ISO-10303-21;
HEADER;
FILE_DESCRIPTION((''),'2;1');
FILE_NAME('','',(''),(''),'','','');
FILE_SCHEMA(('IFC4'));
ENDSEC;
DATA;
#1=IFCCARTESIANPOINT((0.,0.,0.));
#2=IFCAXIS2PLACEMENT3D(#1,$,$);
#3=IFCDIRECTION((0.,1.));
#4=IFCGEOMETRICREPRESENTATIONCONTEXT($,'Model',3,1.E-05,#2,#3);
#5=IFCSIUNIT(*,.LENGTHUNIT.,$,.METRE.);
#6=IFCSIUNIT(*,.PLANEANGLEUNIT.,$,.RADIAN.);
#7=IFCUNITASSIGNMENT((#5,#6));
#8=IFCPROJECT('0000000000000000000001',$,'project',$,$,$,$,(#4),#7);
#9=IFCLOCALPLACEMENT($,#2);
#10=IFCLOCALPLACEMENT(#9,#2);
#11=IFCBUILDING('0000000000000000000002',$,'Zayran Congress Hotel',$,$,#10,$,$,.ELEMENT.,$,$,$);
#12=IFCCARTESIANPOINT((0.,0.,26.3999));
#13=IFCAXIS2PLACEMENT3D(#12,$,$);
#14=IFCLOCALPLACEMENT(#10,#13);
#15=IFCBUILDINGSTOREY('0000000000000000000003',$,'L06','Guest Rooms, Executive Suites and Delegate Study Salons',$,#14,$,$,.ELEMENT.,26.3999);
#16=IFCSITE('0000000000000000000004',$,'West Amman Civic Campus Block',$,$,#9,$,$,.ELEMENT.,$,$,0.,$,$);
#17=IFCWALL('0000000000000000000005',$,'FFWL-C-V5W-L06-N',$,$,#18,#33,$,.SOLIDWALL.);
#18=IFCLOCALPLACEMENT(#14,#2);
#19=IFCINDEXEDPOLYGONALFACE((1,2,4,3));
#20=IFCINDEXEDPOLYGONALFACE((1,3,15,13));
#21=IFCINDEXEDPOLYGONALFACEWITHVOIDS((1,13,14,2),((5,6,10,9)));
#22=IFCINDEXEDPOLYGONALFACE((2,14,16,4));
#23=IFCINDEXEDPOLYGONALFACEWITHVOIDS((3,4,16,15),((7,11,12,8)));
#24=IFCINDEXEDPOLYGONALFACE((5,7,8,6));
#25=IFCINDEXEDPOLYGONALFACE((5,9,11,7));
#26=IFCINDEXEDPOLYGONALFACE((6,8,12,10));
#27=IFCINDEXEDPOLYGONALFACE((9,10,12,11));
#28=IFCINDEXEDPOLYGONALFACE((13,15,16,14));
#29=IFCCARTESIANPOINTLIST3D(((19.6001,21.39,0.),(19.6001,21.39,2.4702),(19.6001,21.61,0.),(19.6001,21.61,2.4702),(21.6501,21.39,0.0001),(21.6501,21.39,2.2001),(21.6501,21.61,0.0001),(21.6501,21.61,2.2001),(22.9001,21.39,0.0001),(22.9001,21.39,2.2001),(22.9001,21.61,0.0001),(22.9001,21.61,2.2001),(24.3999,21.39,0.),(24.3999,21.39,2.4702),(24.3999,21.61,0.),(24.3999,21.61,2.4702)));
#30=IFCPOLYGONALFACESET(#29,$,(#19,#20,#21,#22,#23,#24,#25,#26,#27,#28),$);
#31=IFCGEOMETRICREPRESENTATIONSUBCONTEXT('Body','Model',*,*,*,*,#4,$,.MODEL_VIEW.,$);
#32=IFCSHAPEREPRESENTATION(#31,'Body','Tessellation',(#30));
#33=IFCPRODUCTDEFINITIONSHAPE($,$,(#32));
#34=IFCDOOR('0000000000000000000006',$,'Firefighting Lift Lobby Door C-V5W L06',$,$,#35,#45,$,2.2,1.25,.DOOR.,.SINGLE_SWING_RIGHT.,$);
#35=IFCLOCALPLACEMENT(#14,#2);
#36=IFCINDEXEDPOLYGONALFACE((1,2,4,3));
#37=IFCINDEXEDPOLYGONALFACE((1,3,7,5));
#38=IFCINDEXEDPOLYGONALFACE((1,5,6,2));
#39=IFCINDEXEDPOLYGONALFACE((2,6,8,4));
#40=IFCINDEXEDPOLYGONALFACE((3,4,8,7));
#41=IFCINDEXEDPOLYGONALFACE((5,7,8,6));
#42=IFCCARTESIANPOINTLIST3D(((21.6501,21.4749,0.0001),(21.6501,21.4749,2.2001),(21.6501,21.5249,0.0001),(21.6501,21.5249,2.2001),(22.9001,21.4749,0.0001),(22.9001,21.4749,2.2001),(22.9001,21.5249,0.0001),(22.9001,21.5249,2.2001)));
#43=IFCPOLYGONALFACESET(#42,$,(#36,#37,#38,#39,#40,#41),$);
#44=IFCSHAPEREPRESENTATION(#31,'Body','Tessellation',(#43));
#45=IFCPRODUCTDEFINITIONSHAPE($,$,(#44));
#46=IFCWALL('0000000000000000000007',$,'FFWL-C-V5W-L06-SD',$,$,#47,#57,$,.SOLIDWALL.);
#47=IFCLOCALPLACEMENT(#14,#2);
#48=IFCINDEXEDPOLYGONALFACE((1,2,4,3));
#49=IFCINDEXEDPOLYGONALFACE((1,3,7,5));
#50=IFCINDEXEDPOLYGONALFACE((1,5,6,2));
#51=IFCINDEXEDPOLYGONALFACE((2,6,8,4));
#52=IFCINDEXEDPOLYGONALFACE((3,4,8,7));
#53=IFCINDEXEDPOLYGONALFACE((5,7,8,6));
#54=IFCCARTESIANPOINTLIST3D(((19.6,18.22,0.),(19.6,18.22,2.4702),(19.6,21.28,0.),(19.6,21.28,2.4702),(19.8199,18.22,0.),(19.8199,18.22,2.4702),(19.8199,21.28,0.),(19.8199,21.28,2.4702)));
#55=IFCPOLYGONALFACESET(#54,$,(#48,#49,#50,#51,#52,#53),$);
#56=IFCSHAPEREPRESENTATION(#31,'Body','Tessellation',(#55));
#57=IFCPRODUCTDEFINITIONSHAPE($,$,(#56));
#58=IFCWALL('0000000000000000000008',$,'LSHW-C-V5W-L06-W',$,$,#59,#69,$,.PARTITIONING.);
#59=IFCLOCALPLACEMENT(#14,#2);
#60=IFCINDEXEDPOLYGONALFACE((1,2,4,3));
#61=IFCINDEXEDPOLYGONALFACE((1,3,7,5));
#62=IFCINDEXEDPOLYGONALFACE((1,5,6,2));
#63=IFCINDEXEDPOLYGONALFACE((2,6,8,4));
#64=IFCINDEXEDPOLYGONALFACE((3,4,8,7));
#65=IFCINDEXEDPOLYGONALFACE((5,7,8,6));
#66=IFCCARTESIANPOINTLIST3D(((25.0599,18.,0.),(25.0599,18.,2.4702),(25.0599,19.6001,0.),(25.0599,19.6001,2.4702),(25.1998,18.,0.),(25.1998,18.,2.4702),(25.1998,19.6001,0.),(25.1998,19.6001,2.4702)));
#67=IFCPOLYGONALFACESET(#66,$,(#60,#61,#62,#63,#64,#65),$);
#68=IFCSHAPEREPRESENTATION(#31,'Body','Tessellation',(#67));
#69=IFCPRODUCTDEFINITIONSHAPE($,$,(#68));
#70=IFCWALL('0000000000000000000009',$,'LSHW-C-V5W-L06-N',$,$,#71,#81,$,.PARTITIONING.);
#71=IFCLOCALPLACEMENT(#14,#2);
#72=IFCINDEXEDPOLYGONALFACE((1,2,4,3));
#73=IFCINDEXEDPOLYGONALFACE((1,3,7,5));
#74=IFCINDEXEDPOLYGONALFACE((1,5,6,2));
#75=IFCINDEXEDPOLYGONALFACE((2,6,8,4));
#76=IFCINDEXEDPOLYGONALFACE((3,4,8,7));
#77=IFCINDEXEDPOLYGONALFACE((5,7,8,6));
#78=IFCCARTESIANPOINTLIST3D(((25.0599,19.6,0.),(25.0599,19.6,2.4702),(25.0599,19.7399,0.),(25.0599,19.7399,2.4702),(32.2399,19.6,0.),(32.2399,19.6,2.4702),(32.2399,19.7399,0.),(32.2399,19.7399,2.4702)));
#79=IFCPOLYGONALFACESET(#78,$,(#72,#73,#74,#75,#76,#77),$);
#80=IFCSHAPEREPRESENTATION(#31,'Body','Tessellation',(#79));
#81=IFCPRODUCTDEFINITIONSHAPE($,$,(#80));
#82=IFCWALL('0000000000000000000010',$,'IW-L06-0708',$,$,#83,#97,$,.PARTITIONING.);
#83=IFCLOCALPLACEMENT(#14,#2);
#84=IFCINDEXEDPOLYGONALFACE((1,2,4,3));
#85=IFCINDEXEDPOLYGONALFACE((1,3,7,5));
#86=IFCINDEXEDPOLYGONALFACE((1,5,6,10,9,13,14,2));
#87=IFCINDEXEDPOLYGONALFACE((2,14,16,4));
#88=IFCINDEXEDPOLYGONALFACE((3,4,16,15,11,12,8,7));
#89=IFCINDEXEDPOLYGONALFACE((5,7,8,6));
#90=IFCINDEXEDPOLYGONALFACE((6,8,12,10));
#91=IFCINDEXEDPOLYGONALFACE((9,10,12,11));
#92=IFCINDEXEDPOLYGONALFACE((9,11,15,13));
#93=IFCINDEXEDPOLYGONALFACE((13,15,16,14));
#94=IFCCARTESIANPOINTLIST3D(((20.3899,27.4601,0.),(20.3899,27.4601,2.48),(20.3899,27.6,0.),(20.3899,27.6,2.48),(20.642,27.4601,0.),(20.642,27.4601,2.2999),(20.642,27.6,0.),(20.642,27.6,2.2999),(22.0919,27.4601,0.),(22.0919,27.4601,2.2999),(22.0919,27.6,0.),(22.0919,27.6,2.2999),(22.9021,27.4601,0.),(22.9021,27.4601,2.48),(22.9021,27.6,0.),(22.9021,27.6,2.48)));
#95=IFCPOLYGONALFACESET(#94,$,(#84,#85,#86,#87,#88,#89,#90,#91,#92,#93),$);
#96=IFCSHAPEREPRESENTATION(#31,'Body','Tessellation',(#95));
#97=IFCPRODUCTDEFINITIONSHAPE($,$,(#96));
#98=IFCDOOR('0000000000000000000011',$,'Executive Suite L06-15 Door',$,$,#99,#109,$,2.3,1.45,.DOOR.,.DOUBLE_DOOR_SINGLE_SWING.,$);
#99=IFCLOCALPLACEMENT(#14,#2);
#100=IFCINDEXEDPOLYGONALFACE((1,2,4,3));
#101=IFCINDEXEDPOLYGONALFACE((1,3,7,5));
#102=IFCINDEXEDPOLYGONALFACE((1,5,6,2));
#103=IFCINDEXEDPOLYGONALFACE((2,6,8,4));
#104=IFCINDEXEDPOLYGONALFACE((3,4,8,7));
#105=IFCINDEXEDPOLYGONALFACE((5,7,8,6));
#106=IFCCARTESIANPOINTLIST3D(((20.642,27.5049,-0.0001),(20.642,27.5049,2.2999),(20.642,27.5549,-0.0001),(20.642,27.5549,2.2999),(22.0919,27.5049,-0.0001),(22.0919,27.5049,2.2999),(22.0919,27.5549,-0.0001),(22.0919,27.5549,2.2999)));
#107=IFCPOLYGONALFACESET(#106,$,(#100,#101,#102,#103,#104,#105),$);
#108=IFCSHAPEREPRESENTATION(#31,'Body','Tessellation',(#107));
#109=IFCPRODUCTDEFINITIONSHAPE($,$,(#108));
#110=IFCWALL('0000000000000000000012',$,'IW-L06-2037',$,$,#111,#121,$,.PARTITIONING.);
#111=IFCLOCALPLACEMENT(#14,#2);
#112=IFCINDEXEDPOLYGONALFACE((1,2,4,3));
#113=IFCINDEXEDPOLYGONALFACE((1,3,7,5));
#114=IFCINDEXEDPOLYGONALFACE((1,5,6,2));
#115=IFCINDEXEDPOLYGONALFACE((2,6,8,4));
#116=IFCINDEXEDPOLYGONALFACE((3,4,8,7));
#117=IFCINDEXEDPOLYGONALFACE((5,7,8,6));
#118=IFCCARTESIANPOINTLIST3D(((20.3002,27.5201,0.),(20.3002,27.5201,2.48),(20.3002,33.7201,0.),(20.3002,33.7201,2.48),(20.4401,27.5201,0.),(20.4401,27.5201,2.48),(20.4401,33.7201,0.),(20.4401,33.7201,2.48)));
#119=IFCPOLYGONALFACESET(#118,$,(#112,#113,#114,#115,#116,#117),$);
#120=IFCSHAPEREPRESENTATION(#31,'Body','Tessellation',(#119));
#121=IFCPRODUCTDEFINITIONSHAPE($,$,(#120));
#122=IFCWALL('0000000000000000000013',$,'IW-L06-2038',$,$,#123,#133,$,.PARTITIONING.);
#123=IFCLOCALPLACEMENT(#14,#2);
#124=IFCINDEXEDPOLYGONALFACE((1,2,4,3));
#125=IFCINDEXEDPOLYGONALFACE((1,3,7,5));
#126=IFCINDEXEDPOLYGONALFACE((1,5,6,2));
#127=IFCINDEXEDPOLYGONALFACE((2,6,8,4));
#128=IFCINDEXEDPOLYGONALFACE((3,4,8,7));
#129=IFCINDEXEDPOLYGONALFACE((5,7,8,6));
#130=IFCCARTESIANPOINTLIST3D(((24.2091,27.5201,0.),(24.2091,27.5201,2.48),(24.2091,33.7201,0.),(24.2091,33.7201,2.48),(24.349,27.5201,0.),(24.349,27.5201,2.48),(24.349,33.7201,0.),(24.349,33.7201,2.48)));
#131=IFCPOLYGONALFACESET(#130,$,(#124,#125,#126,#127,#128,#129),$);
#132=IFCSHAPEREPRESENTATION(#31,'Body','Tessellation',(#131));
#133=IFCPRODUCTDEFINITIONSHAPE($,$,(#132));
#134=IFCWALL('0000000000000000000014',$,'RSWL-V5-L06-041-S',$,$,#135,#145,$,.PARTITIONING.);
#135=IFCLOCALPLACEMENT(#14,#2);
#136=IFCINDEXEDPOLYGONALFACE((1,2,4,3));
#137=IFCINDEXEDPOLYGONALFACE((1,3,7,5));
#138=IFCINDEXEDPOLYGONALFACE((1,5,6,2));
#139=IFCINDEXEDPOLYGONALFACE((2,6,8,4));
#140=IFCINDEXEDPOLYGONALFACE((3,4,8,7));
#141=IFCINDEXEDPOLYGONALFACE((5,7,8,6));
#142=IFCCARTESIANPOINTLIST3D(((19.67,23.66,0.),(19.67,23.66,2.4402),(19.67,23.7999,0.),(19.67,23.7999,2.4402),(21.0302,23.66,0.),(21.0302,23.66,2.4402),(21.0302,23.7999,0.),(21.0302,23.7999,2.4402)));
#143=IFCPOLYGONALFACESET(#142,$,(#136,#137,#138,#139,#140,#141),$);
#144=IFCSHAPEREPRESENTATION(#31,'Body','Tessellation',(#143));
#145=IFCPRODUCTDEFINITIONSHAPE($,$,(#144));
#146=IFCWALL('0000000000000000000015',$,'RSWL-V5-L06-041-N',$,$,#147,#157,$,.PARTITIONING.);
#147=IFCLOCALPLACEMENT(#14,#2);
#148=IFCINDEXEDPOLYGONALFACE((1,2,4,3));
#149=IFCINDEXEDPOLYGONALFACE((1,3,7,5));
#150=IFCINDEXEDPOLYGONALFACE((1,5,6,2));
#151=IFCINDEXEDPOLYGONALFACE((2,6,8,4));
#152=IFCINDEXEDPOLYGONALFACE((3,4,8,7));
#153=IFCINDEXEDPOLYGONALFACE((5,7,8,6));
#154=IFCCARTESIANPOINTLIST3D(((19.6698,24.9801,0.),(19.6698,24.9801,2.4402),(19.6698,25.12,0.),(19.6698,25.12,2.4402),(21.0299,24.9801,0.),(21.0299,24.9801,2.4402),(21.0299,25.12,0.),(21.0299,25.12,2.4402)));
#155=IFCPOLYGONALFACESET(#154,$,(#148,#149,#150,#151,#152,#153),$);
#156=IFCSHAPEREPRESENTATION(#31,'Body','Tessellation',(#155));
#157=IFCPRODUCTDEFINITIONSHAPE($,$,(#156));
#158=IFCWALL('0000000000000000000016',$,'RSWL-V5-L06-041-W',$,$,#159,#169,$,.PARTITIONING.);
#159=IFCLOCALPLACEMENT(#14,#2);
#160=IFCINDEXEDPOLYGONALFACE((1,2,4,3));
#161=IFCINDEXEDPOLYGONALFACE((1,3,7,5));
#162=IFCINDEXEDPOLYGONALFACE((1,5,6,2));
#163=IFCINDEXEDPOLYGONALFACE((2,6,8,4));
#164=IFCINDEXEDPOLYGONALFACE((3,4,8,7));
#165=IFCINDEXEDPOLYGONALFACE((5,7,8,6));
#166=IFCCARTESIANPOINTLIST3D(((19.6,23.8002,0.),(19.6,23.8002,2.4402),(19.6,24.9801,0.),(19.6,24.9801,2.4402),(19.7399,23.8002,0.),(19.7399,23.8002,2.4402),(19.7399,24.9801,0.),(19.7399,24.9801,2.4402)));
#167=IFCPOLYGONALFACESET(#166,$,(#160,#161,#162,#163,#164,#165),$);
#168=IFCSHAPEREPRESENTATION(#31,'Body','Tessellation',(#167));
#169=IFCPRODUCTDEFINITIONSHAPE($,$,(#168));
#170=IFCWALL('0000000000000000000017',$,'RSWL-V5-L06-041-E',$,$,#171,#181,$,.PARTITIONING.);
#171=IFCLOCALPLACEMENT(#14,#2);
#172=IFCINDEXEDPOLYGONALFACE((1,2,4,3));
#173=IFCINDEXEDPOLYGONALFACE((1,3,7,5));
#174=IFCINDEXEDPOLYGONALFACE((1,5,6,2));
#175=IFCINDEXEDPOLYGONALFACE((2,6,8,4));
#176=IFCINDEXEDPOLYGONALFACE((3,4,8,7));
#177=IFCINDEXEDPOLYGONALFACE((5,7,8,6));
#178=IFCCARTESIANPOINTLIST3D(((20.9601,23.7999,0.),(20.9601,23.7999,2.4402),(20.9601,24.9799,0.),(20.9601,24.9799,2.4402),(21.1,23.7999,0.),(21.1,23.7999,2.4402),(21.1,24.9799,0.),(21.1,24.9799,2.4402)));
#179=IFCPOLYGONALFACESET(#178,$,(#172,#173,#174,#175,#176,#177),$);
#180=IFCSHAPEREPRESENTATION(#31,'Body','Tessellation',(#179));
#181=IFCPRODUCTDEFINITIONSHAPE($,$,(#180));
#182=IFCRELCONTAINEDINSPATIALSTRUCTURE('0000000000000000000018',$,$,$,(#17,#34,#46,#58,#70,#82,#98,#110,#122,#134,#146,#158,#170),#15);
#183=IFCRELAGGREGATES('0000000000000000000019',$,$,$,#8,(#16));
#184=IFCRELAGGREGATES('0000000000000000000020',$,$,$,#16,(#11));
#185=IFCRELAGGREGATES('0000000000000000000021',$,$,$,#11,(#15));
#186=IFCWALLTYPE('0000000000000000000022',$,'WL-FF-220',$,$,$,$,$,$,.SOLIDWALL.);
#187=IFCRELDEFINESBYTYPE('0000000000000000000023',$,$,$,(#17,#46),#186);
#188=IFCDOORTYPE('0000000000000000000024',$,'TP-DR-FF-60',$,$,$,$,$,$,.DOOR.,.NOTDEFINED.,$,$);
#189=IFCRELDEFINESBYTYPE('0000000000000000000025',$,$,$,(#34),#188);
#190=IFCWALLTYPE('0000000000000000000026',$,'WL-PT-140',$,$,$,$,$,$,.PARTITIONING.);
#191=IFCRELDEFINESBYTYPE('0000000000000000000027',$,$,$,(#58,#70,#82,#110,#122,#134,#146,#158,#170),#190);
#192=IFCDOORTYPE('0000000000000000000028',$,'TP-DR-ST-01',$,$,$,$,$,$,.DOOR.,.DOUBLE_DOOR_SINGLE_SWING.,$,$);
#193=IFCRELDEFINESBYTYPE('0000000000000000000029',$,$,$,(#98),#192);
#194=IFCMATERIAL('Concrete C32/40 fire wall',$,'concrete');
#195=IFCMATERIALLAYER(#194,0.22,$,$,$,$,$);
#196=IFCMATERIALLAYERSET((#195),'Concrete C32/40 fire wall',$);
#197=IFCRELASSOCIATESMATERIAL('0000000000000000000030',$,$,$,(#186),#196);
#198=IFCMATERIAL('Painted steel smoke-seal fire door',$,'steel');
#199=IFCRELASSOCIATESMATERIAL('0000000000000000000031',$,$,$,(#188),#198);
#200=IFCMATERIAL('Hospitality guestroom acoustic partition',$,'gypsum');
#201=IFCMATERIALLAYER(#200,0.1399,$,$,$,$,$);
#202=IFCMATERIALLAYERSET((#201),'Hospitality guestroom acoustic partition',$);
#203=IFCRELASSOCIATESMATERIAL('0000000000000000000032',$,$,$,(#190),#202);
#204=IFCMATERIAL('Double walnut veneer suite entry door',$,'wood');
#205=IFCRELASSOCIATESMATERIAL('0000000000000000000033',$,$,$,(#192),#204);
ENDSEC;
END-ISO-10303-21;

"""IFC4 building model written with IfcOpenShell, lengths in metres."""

from ifc_helpers import new_model, si_unit, direction, frame, frame_2d, origin, place, context, subcontext, project, spatial, rectangle, extrude, material, layer, layer_set, type_object, element, fill, save


model = new_model("IFC4")

# Units and contexts
model_context = context("Model", 3, precision=1e-05, world=origin(), true_north=direction((0.0, 1.0)))
body_context = subcontext(model_context, "Body", "Model", "MODEL_VIEW")
ifc_project = project(units=[si_unit("LENGTHUNIT", "METRE"), si_unit("PLANEANGLEUNIT", "RADIAN")], contexts=[model_context])

# Site, building, storey
site_placement = place(None, origin())
site = spatial("IfcSite", under=ifc_project, at=site_placement, Name="West Amman Civic Campus Block", CompositionType="ELEMENT", RefElevation=0.0)
building_placement = place(site_placement, origin())
building = spatial("IfcBuilding", under=site, at=building_placement, Name="Zayran Congress Hotel", CompositionType="ELEMENT")
storey_placement = place(building_placement, frame((0.0, 0.0, 26.3999)))
storey = spatial("IfcBuildingStorey", under=building, at=storey_placement, Name="L06", Description="Guest Rooms, Executive Suites and Delegate Study Salons", CompositionType="ELEMENT", Elevation=26.3999)

# Shared definitions
ifc_material_1 = material(Name="Concrete C32/40 fire wall", Category="concrete")
ifc_layer_1 = layer(ifc_material_1, 0.22)
ifc_layer_set_1 = layer_set([ifc_layer_1], Name="Concrete C32/40 fire wall")
wall_type_1 = type_object("IfcWallType", Name="WL-FF-220", PredefinedType="SOLIDWALL", material=ifc_layer_set_1)

# Wall, opening, door
wall_1_placement = place(storey_placement, frame((19.6001, 21.5, 0.0), z_axis=(0.0, 0.0, 1.0), x_axis=(1.0, 0.0, 0.0)))
wall_1 = element("IfcWall", 1, at=wall_1_placement, inside=storey, type_object=wall_type_1, Name="FFWL-C-V5W-L06-N", PredefinedType="SOLIDWALL", context=body_context, shape_type="SweptSolid", body=[
    extrude(rectangle(XDim=4.7998, YDim=0.22, at=frame_2d((2.3999, 0.0))), origin(), (0.0, 0.0, 1.0), 2.4702),
])
opening_1_placement = place(wall_1_placement, frame((2.05, 0.0, 0.0)))
opening_1 = element("IfcOpeningElement", 2, at=opening_1_placement, cuts=wall_1, PredefinedType="OPENING", context=body_context, shape_type="SweptSolid", body=[
    extrude(rectangle(XDim=1.25, YDim=2.2, at=frame_2d((0.625, 1.1001))), frame((0.0, 0.1199, 0.0), z_axis=(0.0, -1.0, 0.0), x_axis=(1.0, 0.0, 0.0)), (0.0, 0.0, 1.0), 0.24),
])
ifc_material_2 = material(Name="Painted steel smoke-seal fire door", Category="steel")
door_type_1 = type_object("IfcDoorType", Name="TP-DR-FF-60", OperationType="NOTDEFINED", PredefinedType="DOOR", material=ifc_material_2)
door_1_placement = place(opening_1_placement, origin())
door_1 = element("IfcDoor", 3, at=door_1_placement, inside=storey, type_object=door_type_1, Name="Firefighting Lift Lobby Door C-V5W L06", OperationType="SINGLE_SWING_RIGHT", OverallHeight=2.2, OverallWidth=1.25, PredefinedType="DOOR", context=body_context, shape_type="SweptSolid", body=[
    extrude(rectangle(XDim=1.25, YDim=2.2, at=frame_2d((0.625, 1.1001))), frame((0.0, 0.0249, 0.0), z_axis=(0.0, -1.0, 0.0), x_axis=(1.0, 0.0, 0.0)), (0.0, 0.0, 1.0), 0.05),
])
fill(opening_1, door_1)

# Walls
wall_2_placement = place(storey_placement, frame((19.71, 18.22, 0.0), z_axis=(0.0, 0.0, 1.0), x_axis=(0.0, 1.0, 0.0)))
element("IfcWall", 4, at=wall_2_placement, inside=storey, type_object=wall_type_1, Name="FFWL-C-V5W-L06-SD", PredefinedType="SOLIDWALL", context=body_context, shape_type="SweptSolid", body=[
    extrude(rectangle(XDim=3.0601, YDim=0.22, at=frame_2d((1.53, 0.0))), origin(), (0.0, 0.0, 1.0), 2.4702),
])
ifc_material_3 = material(Name="Hospitality guestroom acoustic partition", Category="gypsum")
ifc_layer_2 = layer(ifc_material_3, 0.1399)
ifc_layer_set_2 = layer_set([ifc_layer_2], Name="Hospitality guestroom acoustic partition")
wall_type_2 = type_object("IfcWallType", Name="WL-PT-140", PredefinedType="PARTITIONING", material=ifc_layer_set_2)
wall_3_placement = place(storey_placement, frame((25.1299, 18.0, 0.0), z_axis=(0.0, 0.0, 1.0), x_axis=(0.0, 1.0, 0.0)))
element("IfcWall", 5, at=wall_3_placement, inside=storey, type_object=wall_type_2, Name="LSHW-C-V5W-L06-W", PredefinedType="PARTITIONING", context=body_context, shape_type="SweptSolid", body=[
    extrude(rectangle(XDim=1.6001, YDim=0.1399, at=frame_2d((0.8, 0.0))), origin(), (0.0, 0.0, 1.0), 2.4702),
])
wall_4_placement = place(storey_placement, frame((25.0601, 19.6699, 0.0), z_axis=(0.0, 0.0, 1.0), x_axis=(1.0, 0.0, 0.0)))
element("IfcWall", 6, at=wall_4_placement, inside=storey, type_object=wall_type_2, Name="LSHW-C-V5W-L06-N", PredefinedType="PARTITIONING", context=body_context, shape_type="SweptSolid", body=[
    extrude(rectangle(XDim=7.1799, YDim=0.1399, at=frame_2d((3.5898, 0.0))), origin(), (0.0, 0.0, 1.0), 2.4702),
])

# Wall, opening, door
wall_5_placement = place(storey_placement, frame((20.3899, 27.53, 0.0), z_axis=(0.0, 0.0, 1.0), x_axis=(1.0, 0.0, 0.0)))
wall_5 = element("IfcWall", 7, at=wall_5_placement, inside=storey, type_object=wall_type_2, Name="IW-L06-0708", PredefinedType="PARTITIONING", context=body_context, shape_type="SweptSolid", body=[
    extrude(rectangle(XDim=2.5122, YDim=0.1399, at=frame_2d((1.2561, 0.0))), origin(), (0.0, 0.0, 1.0), 2.48),
])
opening_2_placement = place(wall_5_placement, frame((0.252, 0.0, 0.0)))
opening_2 = element("IfcOpeningElement", 8, at=opening_2_placement, cuts=wall_5, PredefinedType="OPENING", context=body_context, shape_type="SweptSolid", body=[
    extrude(rectangle(XDim=1.45, YDim=2.3, at=frame_2d((0.7251, 1.1499))), frame((0.0, 0.0798, 0.0), z_axis=(0.0, -1.0, 0.0), x_axis=(1.0, 0.0, 0.0)), (0.0, 0.0, 1.0), 0.1599),
])
ifc_material_4 = material(Name="Double walnut veneer suite entry door", Category="wood")
door_type_2 = type_object("IfcDoorType", Name="TP-DR-ST-01", OperationType="DOUBLE_DOOR_SINGLE_SWING", PredefinedType="DOOR", material=ifc_material_4)
door_2_placement = place(opening_2_placement, origin())
door_2 = element("IfcDoor", 9, at=door_2_placement, inside=storey, type_object=door_type_2, Name="Executive Suite L06-15 Door", OperationType="DOUBLE_DOOR_SINGLE_SWING", OverallHeight=2.3, OverallWidth=1.45, PredefinedType="DOOR", context=body_context, shape_type="SweptSolid", body=[
    extrude(rectangle(XDim=1.45, YDim=2.3, at=frame_2d((0.7251, 1.1499))), frame((0.0, 0.0249, 0.0), z_axis=(0.0, -1.0, 0.0), x_axis=(1.0, 0.0, 0.0)), (0.0, 0.0, 1.0), 0.05),
])
fill(opening_2, door_2)

# Walls
for number, where, z_axis, x_axis, name in (
    (10, (20.3701, 27.52, 0.0), (0.0, 0.0, 1.0), (0.0, 1.0, 0.0), "IW-L06-2037"),
    (11, (24.2791, 27.52, 0.0), (0.0, 0.0, 1.0), (0.0, 1.0, 0.0), "IW-L06-2038"),
):
    element("IfcWall", number, at=place(storey_placement, frame(where, z_axis=z_axis, x_axis=x_axis)), inside=storey, type_object=wall_type_2, Name=name, PredefinedType="PARTITIONING", context=body_context, shape_type="SweptSolid", body=[
        extrude(rectangle(XDim=6.2, YDim=0.1399, at=frame_2d((3.1001, 0.0))), origin(), (0.0, 0.0, 1.0), 2.48),
    ])
for number, where, z_axis, x_axis, name in (
    (12, (19.6699, 23.73, 0.0), (0.0, 0.0, 1.0), (1.0, 0.0, 0.0), "RSWL-V5-L06-041-S"),
    (13, (21.03, 25.05, 0.0), (0.0, 0.0, 1.0), (-1.0, 0.0, 0.0), "RSWL-V5-L06-041-N"),
):
    element("IfcWall", number, at=place(storey_placement, frame(where, z_axis=z_axis, x_axis=x_axis)), inside=storey, type_object=wall_type_2, Name=name, PredefinedType="PARTITIONING", context=body_context, shape_type="SweptSolid", body=[
        extrude(rectangle(XDim=1.3601, YDim=0.1399, at=frame_2d((0.6802, 0.0))), origin(), (0.0, 0.0, 1.0), 2.4402),
    ])
for number, where, z_axis, x_axis, name in (
    (14, (19.6699, 24.98, 0.0), (0.0, 0.0, 1.0), (0.0, -1.0, 0.0), "RSWL-V5-L06-041-W"),
    (15, (21.03, 23.8, 0.0), (0.0, 0.0, 1.0), (0.0, 1.0, 0.0), "RSWL-V5-L06-041-E"),
):
    element("IfcWall", number, at=place(storey_placement, frame(where, z_axis=z_axis, x_axis=x_axis)), inside=storey, type_object=wall_type_2, Name=name, PredefinedType="PARTITIONING", context=body_context, shape_type="SweptSolid", body=[
        extrude(rectangle(XDim=1.1799, YDim=0.1399, at=frame_2d((0.5898, 0.0))), origin(), (0.0, 0.0, 1.0), 2.4402),
    ])

save(model, "model.ifc")
